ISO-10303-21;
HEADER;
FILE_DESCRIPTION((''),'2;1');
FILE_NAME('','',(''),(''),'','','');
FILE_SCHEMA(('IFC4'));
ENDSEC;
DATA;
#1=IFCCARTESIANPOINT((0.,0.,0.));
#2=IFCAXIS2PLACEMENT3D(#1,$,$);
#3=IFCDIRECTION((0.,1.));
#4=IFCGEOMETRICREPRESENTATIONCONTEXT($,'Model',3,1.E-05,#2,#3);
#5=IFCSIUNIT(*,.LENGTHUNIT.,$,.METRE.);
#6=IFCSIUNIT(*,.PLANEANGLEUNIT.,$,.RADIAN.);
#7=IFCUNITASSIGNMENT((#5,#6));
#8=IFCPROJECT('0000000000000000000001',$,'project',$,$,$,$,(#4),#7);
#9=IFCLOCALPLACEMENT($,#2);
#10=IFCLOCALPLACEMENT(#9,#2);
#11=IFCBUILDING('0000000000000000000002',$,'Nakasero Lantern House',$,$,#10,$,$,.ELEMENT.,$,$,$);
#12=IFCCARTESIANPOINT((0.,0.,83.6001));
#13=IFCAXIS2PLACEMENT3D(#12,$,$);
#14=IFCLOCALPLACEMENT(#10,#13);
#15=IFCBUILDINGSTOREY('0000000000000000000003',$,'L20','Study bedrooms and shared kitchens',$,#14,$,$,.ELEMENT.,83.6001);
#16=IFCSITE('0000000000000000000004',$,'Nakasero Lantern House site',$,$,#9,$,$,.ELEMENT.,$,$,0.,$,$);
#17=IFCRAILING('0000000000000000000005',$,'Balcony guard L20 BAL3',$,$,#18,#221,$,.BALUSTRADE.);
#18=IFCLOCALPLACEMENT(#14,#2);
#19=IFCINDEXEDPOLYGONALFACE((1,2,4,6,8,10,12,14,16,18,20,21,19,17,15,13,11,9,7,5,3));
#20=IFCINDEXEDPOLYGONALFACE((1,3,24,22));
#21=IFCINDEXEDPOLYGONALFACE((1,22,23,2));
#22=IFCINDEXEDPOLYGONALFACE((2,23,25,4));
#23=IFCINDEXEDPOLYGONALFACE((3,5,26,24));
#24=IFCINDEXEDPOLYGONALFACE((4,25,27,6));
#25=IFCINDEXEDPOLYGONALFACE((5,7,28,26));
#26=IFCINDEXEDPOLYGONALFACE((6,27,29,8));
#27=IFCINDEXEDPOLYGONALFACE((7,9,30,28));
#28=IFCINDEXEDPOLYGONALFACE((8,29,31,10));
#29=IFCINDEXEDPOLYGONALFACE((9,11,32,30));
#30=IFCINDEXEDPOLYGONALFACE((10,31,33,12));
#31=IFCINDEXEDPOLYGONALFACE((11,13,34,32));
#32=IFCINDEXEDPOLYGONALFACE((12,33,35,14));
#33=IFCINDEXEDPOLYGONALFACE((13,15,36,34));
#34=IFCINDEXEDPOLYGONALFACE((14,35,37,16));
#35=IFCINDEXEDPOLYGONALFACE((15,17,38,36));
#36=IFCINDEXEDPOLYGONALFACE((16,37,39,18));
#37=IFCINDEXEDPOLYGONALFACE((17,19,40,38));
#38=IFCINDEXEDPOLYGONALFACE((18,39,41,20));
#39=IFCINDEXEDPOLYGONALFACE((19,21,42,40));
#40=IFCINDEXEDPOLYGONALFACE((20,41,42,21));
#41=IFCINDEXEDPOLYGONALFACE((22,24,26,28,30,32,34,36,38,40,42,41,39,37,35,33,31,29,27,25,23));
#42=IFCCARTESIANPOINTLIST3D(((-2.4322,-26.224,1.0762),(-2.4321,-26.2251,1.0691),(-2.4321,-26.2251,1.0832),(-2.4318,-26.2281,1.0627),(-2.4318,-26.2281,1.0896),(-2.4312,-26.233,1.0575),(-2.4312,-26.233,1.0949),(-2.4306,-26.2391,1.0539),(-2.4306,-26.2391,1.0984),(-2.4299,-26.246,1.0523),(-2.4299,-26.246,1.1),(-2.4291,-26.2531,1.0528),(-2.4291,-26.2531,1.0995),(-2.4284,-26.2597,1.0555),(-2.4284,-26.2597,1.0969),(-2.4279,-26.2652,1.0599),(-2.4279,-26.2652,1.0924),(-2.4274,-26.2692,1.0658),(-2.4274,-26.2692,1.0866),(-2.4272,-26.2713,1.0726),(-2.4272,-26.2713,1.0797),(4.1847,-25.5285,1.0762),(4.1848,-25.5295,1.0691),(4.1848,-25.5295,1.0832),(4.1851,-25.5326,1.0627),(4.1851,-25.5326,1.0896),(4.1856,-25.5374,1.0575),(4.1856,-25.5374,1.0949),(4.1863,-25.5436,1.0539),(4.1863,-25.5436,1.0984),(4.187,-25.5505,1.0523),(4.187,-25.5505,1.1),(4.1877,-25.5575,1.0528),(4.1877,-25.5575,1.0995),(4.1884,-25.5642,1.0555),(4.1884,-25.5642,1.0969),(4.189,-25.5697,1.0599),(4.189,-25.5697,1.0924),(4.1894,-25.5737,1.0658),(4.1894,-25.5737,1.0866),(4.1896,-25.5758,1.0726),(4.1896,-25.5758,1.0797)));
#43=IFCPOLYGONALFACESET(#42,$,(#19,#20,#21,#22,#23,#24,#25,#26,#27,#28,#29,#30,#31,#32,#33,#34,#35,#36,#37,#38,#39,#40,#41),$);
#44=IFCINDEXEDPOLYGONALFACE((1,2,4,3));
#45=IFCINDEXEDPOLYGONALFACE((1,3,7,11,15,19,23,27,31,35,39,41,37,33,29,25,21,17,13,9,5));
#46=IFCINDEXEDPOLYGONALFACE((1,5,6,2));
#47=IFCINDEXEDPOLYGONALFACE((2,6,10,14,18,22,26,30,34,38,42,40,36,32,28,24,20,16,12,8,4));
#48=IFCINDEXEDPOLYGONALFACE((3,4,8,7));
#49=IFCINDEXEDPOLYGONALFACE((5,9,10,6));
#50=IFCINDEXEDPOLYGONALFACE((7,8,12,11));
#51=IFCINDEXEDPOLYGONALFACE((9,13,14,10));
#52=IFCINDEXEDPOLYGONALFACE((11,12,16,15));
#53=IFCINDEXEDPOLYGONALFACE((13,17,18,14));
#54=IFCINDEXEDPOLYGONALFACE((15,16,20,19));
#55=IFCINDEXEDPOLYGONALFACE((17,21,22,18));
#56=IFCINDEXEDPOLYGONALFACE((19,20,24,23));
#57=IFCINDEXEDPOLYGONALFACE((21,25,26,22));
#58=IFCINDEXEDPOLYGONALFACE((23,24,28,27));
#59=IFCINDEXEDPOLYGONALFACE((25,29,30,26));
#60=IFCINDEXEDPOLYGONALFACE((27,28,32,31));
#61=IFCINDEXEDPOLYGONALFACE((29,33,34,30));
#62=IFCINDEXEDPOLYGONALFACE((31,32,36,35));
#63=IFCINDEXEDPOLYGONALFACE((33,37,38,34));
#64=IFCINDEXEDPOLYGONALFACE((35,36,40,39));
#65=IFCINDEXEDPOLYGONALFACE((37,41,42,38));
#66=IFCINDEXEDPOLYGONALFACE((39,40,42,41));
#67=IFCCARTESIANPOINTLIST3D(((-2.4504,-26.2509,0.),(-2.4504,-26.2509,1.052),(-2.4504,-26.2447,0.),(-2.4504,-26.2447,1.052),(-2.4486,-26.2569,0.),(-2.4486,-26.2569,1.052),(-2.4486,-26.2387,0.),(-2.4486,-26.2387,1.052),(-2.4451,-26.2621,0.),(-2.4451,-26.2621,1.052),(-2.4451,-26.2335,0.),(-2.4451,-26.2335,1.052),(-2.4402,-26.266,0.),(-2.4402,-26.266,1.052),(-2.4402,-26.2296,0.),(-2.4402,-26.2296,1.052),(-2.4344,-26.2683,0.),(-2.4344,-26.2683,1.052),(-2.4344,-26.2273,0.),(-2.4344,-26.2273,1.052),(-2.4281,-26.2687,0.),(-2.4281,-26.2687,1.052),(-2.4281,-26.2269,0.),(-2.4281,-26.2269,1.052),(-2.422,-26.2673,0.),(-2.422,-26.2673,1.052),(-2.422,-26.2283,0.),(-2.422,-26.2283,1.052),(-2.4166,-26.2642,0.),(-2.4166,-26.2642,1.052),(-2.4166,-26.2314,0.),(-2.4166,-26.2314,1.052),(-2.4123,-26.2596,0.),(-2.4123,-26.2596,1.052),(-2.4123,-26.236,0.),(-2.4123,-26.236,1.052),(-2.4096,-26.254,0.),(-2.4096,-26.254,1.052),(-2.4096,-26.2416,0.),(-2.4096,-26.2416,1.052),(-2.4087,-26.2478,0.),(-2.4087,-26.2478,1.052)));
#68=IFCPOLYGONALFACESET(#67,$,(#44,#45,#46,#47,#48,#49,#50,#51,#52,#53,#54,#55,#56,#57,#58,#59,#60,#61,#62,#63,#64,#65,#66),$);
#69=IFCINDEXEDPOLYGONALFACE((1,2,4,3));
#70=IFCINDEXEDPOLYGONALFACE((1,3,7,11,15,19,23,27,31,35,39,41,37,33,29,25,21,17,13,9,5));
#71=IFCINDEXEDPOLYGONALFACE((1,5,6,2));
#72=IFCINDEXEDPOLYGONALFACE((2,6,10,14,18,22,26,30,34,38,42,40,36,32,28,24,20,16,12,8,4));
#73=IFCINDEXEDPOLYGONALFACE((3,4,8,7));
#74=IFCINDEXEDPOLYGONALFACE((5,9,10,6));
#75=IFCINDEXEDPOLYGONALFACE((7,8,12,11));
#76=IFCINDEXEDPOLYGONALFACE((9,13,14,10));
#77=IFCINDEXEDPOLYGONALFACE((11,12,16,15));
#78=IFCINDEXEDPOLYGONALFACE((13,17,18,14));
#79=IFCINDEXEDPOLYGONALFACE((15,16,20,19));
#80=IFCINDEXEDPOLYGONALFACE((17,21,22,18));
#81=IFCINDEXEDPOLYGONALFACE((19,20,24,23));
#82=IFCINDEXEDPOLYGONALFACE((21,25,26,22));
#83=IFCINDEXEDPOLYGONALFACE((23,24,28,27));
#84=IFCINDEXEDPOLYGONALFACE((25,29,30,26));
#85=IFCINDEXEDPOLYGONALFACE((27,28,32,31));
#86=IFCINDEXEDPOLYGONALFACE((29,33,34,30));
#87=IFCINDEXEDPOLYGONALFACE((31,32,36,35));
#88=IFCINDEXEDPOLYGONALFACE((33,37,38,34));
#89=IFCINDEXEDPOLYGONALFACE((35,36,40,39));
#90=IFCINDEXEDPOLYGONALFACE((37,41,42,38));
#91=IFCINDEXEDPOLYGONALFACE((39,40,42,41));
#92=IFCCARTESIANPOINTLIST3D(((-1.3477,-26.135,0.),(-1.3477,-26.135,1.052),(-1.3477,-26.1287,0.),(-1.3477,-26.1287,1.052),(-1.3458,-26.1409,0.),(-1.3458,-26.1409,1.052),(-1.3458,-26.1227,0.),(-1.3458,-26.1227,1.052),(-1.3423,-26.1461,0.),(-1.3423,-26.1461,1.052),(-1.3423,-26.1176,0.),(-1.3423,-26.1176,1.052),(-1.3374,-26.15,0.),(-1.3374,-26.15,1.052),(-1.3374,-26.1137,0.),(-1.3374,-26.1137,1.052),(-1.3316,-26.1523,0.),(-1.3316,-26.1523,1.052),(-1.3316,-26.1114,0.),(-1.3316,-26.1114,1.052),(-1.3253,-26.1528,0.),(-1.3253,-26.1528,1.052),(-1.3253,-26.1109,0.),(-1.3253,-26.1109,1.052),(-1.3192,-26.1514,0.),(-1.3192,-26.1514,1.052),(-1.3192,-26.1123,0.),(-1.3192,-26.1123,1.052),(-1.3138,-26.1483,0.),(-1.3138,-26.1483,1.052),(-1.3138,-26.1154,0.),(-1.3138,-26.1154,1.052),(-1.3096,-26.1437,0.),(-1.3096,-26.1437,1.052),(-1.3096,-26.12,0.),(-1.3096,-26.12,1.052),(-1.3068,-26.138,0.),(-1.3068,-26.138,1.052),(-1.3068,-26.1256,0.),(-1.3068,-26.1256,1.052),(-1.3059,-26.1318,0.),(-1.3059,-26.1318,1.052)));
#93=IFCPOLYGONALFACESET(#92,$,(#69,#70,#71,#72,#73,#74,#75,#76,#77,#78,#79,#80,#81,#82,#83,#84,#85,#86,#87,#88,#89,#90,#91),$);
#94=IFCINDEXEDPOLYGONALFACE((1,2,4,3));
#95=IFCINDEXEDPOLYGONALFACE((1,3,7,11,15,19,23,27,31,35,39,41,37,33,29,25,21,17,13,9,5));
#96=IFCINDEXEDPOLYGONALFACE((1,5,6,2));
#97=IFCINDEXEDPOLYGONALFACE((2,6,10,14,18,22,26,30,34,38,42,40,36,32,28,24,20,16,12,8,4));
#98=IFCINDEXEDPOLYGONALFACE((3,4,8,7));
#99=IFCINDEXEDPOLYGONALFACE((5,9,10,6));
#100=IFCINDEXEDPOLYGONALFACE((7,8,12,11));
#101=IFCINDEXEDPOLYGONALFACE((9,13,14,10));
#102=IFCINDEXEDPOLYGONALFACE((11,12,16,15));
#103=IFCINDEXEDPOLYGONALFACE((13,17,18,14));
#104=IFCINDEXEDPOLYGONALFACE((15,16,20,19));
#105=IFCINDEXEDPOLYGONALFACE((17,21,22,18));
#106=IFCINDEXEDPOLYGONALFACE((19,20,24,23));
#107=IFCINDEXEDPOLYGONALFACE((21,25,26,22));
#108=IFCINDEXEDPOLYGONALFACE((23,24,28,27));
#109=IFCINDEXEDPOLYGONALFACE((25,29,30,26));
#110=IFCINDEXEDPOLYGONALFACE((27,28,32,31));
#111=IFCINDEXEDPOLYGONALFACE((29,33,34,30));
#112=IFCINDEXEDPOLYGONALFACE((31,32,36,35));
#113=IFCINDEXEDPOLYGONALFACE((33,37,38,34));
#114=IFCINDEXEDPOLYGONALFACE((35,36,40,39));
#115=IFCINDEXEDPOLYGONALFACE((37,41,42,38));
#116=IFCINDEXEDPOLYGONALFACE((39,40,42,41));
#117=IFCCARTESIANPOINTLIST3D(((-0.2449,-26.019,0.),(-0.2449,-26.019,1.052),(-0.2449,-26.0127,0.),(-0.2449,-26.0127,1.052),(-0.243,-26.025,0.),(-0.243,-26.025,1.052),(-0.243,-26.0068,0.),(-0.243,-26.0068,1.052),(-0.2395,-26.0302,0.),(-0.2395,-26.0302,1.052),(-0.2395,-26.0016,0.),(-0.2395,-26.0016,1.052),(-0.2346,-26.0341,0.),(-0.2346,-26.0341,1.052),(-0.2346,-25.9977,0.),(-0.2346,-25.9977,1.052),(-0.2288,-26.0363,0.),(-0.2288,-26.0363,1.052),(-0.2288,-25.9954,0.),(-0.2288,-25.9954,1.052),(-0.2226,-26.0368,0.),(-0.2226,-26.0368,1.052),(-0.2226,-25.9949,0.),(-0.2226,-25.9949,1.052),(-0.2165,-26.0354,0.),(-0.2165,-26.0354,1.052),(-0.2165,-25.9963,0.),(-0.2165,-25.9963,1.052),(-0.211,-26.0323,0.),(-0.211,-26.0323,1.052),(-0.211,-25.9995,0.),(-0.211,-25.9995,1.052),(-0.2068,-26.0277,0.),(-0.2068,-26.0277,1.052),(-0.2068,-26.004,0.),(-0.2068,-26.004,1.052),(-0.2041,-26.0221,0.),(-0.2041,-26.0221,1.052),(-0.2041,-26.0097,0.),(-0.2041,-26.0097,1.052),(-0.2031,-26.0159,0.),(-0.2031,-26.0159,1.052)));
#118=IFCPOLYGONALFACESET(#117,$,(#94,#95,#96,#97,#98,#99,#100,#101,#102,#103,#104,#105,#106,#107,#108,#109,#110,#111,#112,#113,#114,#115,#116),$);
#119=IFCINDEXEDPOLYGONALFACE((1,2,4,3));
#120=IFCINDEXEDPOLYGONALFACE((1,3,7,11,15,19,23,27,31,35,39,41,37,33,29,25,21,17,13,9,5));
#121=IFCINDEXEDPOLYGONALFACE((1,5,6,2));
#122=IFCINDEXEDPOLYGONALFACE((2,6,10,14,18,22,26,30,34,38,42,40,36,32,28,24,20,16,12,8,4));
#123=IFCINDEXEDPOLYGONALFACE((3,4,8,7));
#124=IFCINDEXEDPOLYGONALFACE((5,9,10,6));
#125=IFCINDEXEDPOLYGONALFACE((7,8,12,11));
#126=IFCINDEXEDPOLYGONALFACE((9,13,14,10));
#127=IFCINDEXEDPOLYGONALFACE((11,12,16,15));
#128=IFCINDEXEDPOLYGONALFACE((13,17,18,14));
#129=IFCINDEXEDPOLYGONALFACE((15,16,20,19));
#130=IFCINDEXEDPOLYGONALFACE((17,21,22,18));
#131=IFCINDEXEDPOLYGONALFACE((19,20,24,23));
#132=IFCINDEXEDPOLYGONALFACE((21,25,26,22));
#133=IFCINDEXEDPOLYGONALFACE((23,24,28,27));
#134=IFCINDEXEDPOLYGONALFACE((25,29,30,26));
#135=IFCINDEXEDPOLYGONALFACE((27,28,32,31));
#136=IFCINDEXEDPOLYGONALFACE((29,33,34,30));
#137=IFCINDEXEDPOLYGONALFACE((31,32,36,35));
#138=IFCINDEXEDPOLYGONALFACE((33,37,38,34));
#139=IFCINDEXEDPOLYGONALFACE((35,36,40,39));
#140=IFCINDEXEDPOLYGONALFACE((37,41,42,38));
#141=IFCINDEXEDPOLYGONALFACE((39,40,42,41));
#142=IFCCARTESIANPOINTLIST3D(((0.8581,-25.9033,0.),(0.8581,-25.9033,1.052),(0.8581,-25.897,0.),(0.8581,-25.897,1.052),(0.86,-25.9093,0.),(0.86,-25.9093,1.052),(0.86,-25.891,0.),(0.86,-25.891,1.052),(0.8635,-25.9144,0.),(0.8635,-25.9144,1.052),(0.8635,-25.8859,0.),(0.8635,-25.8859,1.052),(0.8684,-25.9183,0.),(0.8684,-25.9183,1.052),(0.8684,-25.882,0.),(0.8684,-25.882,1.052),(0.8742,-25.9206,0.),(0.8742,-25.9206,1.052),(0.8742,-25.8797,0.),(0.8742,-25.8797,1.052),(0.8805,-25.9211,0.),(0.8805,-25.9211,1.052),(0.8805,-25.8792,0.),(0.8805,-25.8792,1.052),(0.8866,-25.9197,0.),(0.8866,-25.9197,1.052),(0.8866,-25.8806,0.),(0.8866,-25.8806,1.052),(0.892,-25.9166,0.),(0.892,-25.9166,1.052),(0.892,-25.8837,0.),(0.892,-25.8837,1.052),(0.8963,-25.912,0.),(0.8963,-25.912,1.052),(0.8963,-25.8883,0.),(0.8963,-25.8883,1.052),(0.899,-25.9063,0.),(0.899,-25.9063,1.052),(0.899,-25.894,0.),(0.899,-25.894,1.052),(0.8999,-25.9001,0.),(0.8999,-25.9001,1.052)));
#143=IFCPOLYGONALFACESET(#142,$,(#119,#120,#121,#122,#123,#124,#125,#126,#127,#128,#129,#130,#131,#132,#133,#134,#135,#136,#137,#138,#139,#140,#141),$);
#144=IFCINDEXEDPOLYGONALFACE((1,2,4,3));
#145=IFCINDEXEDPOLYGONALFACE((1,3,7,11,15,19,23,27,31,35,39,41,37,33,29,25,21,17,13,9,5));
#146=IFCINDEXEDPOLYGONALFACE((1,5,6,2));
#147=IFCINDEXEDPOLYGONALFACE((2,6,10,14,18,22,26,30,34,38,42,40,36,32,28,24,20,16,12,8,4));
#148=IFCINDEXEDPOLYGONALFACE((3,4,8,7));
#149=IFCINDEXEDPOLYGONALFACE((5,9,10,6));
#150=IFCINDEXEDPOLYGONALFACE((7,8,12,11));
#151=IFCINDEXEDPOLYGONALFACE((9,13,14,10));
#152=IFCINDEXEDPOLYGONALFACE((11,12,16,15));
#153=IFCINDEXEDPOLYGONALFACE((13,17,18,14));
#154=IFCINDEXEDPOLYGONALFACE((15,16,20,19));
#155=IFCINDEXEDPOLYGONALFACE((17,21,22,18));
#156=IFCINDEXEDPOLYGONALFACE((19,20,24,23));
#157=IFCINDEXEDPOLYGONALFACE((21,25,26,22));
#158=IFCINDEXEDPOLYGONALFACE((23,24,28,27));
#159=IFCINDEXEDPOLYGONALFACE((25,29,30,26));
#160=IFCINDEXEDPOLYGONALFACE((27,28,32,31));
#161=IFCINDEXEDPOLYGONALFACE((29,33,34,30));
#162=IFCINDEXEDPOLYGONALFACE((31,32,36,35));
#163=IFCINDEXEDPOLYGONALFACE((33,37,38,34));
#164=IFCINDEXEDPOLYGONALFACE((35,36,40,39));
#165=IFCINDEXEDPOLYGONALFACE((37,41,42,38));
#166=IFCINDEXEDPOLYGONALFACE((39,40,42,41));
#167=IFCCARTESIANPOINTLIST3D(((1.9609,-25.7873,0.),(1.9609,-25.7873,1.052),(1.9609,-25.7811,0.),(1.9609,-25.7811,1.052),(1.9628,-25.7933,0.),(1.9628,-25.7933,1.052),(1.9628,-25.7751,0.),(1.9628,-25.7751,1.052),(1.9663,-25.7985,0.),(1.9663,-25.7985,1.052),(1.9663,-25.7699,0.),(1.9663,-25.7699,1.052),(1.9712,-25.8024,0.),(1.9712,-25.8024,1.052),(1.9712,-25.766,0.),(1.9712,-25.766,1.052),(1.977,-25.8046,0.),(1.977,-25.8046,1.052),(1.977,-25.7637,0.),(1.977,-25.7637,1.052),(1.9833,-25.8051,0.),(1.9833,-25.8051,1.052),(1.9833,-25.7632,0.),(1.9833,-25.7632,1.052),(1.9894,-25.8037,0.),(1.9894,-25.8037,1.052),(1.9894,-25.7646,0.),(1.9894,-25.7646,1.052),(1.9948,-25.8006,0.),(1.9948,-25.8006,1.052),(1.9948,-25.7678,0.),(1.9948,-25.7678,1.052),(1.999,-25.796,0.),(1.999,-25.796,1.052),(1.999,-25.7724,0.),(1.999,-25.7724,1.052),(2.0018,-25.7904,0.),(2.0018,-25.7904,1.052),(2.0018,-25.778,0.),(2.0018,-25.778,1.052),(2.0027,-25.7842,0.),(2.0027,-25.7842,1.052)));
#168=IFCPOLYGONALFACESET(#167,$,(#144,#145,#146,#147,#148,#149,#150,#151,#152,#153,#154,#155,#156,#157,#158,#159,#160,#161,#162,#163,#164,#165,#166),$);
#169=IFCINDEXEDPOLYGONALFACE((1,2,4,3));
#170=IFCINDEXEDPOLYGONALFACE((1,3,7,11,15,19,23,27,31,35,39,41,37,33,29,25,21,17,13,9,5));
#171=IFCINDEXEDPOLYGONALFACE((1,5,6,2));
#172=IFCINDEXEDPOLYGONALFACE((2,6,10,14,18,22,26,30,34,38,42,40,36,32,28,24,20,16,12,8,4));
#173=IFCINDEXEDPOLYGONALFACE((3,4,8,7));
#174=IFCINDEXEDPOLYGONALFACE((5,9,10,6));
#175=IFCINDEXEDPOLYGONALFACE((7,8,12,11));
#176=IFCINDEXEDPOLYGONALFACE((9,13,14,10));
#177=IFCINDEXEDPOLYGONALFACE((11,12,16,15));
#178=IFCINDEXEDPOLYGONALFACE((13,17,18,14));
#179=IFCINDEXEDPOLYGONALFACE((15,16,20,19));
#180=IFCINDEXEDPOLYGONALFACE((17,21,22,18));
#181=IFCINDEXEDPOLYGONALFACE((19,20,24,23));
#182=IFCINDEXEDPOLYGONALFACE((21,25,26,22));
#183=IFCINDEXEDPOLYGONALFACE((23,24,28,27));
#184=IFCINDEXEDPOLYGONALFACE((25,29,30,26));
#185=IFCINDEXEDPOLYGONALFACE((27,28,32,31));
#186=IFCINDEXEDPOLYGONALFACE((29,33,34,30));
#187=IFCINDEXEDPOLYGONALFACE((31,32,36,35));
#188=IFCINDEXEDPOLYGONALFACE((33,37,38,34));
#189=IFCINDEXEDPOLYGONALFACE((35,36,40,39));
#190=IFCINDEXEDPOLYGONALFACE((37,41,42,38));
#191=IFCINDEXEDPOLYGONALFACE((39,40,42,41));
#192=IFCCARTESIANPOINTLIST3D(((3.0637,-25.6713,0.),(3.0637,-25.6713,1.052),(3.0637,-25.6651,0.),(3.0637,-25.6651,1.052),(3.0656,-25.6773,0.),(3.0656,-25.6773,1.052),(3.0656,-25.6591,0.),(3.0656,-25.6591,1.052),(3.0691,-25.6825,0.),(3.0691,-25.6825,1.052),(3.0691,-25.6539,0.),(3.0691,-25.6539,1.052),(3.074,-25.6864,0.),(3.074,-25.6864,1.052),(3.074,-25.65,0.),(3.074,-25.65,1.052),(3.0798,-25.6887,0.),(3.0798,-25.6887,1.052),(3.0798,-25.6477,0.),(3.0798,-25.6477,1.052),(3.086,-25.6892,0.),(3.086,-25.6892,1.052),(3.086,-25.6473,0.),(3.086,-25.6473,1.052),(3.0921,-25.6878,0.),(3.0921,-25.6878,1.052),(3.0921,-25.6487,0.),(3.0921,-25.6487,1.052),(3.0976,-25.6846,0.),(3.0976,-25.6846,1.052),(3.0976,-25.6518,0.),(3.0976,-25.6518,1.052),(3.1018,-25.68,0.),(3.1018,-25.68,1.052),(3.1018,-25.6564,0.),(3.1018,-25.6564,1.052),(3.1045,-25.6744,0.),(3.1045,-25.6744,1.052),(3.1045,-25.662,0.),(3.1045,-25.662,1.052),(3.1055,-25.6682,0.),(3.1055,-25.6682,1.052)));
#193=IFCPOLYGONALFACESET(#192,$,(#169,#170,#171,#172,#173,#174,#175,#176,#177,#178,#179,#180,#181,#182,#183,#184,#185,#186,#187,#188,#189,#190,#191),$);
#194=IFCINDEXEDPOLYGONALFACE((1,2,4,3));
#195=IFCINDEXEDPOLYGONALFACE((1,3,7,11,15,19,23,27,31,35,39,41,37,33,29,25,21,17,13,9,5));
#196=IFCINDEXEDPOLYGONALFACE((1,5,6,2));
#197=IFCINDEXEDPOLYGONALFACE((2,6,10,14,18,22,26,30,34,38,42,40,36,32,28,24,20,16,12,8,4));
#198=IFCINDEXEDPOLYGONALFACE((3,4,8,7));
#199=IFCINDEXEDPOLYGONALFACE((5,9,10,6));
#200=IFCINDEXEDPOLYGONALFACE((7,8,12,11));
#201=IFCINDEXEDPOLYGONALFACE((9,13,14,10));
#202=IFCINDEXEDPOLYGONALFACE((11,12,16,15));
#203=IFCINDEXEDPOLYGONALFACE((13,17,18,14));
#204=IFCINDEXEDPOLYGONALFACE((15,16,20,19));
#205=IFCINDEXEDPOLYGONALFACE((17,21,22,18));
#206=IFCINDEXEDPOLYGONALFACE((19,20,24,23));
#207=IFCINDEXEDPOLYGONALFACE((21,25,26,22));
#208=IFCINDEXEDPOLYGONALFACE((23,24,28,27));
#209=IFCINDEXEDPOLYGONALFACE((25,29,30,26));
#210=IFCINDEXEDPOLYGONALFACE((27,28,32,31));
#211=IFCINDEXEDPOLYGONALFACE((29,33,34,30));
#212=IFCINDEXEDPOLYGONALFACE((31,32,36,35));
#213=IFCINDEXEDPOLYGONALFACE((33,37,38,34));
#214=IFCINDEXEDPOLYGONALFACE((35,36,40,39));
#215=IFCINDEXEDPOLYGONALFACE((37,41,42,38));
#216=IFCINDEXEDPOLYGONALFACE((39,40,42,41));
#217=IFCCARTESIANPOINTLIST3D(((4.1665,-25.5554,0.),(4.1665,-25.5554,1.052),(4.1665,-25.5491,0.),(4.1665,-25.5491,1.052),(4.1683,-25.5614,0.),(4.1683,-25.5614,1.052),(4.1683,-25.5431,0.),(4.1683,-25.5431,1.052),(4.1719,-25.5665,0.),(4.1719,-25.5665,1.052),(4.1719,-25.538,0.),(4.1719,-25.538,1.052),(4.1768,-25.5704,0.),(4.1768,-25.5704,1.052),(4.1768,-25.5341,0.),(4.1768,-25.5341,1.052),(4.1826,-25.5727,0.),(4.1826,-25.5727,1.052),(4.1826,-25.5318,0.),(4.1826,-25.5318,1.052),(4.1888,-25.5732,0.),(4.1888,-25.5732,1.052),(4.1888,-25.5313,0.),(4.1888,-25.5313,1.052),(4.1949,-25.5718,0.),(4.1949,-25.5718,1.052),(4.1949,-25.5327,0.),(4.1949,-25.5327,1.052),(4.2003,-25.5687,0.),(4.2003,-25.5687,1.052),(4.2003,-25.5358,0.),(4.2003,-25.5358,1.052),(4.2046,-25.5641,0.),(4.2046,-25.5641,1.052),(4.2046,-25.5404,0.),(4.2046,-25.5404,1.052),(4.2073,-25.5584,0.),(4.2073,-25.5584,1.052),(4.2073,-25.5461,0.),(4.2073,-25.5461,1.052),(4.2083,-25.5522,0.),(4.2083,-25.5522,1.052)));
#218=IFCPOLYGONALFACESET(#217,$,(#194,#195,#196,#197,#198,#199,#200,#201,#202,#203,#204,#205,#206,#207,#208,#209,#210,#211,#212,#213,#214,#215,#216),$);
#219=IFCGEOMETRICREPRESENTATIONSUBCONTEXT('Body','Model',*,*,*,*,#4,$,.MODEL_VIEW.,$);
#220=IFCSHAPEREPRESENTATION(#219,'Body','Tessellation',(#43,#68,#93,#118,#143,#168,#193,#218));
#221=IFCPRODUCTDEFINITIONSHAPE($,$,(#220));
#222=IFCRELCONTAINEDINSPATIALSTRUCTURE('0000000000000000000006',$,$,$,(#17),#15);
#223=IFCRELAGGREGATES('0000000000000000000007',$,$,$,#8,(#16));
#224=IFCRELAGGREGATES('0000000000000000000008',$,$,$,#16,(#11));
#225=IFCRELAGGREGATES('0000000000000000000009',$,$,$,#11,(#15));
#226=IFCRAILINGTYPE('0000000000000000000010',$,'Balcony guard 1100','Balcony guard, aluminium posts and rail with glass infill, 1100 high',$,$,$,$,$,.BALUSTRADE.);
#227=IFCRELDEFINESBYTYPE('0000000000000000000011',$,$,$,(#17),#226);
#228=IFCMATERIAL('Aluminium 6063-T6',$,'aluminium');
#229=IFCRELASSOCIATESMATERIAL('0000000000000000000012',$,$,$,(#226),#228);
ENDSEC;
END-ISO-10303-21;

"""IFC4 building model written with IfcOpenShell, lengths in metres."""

from ifc_helpers import new_model, si_unit, direction, frame, origin, origin_2d, place, context, subcontext, project, spatial, circle, extrude, material, type_object, element, save


model = new_model("IFC4")

# Units and contexts
model_context = context("Model", 3, precision=1e-05, world=origin(), true_north=direction((0.0, 1.0)))
body_context = subcontext(model_context, "Body", "Model", "MODEL_VIEW")
ifc_project = project(units=[si_unit("LENGTHUNIT", "METRE"), si_unit("PLANEANGLEUNIT", "RADIAN")], contexts=[model_context])

# Site, building, storey
site_placement = place(None, origin())
site = spatial("IfcSite", under=ifc_project, at=site_placement, Name="Nakasero Lantern House site", CompositionType="ELEMENT", RefElevation=0.0)
building_placement = place(site_placement, origin())
building = spatial("IfcBuilding", under=site, at=building_placement, Name="Nakasero Lantern House", CompositionType="ELEMENT")
storey_placement = place(building_placement, frame((0.0, 0.0, 83.6001)))
storey = spatial("IfcBuildingStorey", under=building, at=storey_placement, Name="L20", Description="Study bedrooms and shared kitchens", CompositionType="ELEMENT", Elevation=83.6001)

# Railing
ifc_material_1 = material(Name="Aluminium 6063-T6", Category="aluminium")
railing_type = type_object("IfcRailingType", Name="Balcony guard 1100", Description="Balcony guard, aluminium posts and rail with glass infill, 1100 high", PredefinedType="BALUSTRADE", material=ifc_material_1)
railing_placement = place(storey_placement, frame((-2.4297, -26.2478, 0.0)))
element("IfcRailing", 1, at=railing_placement, inside=storey, type_object=railing_type, Name="Balcony guard L20 BAL3", PredefinedType="BALUSTRADE", context=body_context, shape_type="SweptSolid", body=[
    extrude(circle(Radius=0.0239, at=origin_2d()), frame((0.0, 0.0, 1.0762), z_axis=(0.994521, 0.104542, 0.0), x_axis=(-0.104542, 0.994521, 0.0)), (0.0, 0.0, 1.0), 6.6533),
    extrude(circle(Radius=0.021, at=origin_2d()), origin(), (0.0, 0.0, 1.0), 1.052),
    extrude(circle(Radius=0.021, at=origin_2d()), frame((1.1028, 0.116, 0.0)), (0.0, 0.0, 1.0), 1.052),
    extrude(circle(Radius=0.021, at=origin_2d()), frame((2.2056, 0.2319, 0.0)), (0.0, 0.0, 1.0), 1.052),
    extrude(circle(Radius=0.021, at=origin_2d()), frame((3.3086, 0.3477, 0.0)), (0.0, 0.0, 1.0), 1.052),
    extrude(circle(Radius=0.021, at=origin_2d()), frame((4.4114, 0.4636, 0.0)), (0.0, 0.0, 1.0), 1.052),
    extrude(circle(Radius=0.021, at=origin_2d()), frame((5.5142, 0.5796, 0.0)), (0.0, 0.0, 1.0), 1.052),
    extrude(circle(Radius=0.021, at=origin_2d()), frame((6.6169, 0.6956, 0.0)), (0.0, 0.0, 1.0), 1.052),
])

save(model, "model.ifc")
